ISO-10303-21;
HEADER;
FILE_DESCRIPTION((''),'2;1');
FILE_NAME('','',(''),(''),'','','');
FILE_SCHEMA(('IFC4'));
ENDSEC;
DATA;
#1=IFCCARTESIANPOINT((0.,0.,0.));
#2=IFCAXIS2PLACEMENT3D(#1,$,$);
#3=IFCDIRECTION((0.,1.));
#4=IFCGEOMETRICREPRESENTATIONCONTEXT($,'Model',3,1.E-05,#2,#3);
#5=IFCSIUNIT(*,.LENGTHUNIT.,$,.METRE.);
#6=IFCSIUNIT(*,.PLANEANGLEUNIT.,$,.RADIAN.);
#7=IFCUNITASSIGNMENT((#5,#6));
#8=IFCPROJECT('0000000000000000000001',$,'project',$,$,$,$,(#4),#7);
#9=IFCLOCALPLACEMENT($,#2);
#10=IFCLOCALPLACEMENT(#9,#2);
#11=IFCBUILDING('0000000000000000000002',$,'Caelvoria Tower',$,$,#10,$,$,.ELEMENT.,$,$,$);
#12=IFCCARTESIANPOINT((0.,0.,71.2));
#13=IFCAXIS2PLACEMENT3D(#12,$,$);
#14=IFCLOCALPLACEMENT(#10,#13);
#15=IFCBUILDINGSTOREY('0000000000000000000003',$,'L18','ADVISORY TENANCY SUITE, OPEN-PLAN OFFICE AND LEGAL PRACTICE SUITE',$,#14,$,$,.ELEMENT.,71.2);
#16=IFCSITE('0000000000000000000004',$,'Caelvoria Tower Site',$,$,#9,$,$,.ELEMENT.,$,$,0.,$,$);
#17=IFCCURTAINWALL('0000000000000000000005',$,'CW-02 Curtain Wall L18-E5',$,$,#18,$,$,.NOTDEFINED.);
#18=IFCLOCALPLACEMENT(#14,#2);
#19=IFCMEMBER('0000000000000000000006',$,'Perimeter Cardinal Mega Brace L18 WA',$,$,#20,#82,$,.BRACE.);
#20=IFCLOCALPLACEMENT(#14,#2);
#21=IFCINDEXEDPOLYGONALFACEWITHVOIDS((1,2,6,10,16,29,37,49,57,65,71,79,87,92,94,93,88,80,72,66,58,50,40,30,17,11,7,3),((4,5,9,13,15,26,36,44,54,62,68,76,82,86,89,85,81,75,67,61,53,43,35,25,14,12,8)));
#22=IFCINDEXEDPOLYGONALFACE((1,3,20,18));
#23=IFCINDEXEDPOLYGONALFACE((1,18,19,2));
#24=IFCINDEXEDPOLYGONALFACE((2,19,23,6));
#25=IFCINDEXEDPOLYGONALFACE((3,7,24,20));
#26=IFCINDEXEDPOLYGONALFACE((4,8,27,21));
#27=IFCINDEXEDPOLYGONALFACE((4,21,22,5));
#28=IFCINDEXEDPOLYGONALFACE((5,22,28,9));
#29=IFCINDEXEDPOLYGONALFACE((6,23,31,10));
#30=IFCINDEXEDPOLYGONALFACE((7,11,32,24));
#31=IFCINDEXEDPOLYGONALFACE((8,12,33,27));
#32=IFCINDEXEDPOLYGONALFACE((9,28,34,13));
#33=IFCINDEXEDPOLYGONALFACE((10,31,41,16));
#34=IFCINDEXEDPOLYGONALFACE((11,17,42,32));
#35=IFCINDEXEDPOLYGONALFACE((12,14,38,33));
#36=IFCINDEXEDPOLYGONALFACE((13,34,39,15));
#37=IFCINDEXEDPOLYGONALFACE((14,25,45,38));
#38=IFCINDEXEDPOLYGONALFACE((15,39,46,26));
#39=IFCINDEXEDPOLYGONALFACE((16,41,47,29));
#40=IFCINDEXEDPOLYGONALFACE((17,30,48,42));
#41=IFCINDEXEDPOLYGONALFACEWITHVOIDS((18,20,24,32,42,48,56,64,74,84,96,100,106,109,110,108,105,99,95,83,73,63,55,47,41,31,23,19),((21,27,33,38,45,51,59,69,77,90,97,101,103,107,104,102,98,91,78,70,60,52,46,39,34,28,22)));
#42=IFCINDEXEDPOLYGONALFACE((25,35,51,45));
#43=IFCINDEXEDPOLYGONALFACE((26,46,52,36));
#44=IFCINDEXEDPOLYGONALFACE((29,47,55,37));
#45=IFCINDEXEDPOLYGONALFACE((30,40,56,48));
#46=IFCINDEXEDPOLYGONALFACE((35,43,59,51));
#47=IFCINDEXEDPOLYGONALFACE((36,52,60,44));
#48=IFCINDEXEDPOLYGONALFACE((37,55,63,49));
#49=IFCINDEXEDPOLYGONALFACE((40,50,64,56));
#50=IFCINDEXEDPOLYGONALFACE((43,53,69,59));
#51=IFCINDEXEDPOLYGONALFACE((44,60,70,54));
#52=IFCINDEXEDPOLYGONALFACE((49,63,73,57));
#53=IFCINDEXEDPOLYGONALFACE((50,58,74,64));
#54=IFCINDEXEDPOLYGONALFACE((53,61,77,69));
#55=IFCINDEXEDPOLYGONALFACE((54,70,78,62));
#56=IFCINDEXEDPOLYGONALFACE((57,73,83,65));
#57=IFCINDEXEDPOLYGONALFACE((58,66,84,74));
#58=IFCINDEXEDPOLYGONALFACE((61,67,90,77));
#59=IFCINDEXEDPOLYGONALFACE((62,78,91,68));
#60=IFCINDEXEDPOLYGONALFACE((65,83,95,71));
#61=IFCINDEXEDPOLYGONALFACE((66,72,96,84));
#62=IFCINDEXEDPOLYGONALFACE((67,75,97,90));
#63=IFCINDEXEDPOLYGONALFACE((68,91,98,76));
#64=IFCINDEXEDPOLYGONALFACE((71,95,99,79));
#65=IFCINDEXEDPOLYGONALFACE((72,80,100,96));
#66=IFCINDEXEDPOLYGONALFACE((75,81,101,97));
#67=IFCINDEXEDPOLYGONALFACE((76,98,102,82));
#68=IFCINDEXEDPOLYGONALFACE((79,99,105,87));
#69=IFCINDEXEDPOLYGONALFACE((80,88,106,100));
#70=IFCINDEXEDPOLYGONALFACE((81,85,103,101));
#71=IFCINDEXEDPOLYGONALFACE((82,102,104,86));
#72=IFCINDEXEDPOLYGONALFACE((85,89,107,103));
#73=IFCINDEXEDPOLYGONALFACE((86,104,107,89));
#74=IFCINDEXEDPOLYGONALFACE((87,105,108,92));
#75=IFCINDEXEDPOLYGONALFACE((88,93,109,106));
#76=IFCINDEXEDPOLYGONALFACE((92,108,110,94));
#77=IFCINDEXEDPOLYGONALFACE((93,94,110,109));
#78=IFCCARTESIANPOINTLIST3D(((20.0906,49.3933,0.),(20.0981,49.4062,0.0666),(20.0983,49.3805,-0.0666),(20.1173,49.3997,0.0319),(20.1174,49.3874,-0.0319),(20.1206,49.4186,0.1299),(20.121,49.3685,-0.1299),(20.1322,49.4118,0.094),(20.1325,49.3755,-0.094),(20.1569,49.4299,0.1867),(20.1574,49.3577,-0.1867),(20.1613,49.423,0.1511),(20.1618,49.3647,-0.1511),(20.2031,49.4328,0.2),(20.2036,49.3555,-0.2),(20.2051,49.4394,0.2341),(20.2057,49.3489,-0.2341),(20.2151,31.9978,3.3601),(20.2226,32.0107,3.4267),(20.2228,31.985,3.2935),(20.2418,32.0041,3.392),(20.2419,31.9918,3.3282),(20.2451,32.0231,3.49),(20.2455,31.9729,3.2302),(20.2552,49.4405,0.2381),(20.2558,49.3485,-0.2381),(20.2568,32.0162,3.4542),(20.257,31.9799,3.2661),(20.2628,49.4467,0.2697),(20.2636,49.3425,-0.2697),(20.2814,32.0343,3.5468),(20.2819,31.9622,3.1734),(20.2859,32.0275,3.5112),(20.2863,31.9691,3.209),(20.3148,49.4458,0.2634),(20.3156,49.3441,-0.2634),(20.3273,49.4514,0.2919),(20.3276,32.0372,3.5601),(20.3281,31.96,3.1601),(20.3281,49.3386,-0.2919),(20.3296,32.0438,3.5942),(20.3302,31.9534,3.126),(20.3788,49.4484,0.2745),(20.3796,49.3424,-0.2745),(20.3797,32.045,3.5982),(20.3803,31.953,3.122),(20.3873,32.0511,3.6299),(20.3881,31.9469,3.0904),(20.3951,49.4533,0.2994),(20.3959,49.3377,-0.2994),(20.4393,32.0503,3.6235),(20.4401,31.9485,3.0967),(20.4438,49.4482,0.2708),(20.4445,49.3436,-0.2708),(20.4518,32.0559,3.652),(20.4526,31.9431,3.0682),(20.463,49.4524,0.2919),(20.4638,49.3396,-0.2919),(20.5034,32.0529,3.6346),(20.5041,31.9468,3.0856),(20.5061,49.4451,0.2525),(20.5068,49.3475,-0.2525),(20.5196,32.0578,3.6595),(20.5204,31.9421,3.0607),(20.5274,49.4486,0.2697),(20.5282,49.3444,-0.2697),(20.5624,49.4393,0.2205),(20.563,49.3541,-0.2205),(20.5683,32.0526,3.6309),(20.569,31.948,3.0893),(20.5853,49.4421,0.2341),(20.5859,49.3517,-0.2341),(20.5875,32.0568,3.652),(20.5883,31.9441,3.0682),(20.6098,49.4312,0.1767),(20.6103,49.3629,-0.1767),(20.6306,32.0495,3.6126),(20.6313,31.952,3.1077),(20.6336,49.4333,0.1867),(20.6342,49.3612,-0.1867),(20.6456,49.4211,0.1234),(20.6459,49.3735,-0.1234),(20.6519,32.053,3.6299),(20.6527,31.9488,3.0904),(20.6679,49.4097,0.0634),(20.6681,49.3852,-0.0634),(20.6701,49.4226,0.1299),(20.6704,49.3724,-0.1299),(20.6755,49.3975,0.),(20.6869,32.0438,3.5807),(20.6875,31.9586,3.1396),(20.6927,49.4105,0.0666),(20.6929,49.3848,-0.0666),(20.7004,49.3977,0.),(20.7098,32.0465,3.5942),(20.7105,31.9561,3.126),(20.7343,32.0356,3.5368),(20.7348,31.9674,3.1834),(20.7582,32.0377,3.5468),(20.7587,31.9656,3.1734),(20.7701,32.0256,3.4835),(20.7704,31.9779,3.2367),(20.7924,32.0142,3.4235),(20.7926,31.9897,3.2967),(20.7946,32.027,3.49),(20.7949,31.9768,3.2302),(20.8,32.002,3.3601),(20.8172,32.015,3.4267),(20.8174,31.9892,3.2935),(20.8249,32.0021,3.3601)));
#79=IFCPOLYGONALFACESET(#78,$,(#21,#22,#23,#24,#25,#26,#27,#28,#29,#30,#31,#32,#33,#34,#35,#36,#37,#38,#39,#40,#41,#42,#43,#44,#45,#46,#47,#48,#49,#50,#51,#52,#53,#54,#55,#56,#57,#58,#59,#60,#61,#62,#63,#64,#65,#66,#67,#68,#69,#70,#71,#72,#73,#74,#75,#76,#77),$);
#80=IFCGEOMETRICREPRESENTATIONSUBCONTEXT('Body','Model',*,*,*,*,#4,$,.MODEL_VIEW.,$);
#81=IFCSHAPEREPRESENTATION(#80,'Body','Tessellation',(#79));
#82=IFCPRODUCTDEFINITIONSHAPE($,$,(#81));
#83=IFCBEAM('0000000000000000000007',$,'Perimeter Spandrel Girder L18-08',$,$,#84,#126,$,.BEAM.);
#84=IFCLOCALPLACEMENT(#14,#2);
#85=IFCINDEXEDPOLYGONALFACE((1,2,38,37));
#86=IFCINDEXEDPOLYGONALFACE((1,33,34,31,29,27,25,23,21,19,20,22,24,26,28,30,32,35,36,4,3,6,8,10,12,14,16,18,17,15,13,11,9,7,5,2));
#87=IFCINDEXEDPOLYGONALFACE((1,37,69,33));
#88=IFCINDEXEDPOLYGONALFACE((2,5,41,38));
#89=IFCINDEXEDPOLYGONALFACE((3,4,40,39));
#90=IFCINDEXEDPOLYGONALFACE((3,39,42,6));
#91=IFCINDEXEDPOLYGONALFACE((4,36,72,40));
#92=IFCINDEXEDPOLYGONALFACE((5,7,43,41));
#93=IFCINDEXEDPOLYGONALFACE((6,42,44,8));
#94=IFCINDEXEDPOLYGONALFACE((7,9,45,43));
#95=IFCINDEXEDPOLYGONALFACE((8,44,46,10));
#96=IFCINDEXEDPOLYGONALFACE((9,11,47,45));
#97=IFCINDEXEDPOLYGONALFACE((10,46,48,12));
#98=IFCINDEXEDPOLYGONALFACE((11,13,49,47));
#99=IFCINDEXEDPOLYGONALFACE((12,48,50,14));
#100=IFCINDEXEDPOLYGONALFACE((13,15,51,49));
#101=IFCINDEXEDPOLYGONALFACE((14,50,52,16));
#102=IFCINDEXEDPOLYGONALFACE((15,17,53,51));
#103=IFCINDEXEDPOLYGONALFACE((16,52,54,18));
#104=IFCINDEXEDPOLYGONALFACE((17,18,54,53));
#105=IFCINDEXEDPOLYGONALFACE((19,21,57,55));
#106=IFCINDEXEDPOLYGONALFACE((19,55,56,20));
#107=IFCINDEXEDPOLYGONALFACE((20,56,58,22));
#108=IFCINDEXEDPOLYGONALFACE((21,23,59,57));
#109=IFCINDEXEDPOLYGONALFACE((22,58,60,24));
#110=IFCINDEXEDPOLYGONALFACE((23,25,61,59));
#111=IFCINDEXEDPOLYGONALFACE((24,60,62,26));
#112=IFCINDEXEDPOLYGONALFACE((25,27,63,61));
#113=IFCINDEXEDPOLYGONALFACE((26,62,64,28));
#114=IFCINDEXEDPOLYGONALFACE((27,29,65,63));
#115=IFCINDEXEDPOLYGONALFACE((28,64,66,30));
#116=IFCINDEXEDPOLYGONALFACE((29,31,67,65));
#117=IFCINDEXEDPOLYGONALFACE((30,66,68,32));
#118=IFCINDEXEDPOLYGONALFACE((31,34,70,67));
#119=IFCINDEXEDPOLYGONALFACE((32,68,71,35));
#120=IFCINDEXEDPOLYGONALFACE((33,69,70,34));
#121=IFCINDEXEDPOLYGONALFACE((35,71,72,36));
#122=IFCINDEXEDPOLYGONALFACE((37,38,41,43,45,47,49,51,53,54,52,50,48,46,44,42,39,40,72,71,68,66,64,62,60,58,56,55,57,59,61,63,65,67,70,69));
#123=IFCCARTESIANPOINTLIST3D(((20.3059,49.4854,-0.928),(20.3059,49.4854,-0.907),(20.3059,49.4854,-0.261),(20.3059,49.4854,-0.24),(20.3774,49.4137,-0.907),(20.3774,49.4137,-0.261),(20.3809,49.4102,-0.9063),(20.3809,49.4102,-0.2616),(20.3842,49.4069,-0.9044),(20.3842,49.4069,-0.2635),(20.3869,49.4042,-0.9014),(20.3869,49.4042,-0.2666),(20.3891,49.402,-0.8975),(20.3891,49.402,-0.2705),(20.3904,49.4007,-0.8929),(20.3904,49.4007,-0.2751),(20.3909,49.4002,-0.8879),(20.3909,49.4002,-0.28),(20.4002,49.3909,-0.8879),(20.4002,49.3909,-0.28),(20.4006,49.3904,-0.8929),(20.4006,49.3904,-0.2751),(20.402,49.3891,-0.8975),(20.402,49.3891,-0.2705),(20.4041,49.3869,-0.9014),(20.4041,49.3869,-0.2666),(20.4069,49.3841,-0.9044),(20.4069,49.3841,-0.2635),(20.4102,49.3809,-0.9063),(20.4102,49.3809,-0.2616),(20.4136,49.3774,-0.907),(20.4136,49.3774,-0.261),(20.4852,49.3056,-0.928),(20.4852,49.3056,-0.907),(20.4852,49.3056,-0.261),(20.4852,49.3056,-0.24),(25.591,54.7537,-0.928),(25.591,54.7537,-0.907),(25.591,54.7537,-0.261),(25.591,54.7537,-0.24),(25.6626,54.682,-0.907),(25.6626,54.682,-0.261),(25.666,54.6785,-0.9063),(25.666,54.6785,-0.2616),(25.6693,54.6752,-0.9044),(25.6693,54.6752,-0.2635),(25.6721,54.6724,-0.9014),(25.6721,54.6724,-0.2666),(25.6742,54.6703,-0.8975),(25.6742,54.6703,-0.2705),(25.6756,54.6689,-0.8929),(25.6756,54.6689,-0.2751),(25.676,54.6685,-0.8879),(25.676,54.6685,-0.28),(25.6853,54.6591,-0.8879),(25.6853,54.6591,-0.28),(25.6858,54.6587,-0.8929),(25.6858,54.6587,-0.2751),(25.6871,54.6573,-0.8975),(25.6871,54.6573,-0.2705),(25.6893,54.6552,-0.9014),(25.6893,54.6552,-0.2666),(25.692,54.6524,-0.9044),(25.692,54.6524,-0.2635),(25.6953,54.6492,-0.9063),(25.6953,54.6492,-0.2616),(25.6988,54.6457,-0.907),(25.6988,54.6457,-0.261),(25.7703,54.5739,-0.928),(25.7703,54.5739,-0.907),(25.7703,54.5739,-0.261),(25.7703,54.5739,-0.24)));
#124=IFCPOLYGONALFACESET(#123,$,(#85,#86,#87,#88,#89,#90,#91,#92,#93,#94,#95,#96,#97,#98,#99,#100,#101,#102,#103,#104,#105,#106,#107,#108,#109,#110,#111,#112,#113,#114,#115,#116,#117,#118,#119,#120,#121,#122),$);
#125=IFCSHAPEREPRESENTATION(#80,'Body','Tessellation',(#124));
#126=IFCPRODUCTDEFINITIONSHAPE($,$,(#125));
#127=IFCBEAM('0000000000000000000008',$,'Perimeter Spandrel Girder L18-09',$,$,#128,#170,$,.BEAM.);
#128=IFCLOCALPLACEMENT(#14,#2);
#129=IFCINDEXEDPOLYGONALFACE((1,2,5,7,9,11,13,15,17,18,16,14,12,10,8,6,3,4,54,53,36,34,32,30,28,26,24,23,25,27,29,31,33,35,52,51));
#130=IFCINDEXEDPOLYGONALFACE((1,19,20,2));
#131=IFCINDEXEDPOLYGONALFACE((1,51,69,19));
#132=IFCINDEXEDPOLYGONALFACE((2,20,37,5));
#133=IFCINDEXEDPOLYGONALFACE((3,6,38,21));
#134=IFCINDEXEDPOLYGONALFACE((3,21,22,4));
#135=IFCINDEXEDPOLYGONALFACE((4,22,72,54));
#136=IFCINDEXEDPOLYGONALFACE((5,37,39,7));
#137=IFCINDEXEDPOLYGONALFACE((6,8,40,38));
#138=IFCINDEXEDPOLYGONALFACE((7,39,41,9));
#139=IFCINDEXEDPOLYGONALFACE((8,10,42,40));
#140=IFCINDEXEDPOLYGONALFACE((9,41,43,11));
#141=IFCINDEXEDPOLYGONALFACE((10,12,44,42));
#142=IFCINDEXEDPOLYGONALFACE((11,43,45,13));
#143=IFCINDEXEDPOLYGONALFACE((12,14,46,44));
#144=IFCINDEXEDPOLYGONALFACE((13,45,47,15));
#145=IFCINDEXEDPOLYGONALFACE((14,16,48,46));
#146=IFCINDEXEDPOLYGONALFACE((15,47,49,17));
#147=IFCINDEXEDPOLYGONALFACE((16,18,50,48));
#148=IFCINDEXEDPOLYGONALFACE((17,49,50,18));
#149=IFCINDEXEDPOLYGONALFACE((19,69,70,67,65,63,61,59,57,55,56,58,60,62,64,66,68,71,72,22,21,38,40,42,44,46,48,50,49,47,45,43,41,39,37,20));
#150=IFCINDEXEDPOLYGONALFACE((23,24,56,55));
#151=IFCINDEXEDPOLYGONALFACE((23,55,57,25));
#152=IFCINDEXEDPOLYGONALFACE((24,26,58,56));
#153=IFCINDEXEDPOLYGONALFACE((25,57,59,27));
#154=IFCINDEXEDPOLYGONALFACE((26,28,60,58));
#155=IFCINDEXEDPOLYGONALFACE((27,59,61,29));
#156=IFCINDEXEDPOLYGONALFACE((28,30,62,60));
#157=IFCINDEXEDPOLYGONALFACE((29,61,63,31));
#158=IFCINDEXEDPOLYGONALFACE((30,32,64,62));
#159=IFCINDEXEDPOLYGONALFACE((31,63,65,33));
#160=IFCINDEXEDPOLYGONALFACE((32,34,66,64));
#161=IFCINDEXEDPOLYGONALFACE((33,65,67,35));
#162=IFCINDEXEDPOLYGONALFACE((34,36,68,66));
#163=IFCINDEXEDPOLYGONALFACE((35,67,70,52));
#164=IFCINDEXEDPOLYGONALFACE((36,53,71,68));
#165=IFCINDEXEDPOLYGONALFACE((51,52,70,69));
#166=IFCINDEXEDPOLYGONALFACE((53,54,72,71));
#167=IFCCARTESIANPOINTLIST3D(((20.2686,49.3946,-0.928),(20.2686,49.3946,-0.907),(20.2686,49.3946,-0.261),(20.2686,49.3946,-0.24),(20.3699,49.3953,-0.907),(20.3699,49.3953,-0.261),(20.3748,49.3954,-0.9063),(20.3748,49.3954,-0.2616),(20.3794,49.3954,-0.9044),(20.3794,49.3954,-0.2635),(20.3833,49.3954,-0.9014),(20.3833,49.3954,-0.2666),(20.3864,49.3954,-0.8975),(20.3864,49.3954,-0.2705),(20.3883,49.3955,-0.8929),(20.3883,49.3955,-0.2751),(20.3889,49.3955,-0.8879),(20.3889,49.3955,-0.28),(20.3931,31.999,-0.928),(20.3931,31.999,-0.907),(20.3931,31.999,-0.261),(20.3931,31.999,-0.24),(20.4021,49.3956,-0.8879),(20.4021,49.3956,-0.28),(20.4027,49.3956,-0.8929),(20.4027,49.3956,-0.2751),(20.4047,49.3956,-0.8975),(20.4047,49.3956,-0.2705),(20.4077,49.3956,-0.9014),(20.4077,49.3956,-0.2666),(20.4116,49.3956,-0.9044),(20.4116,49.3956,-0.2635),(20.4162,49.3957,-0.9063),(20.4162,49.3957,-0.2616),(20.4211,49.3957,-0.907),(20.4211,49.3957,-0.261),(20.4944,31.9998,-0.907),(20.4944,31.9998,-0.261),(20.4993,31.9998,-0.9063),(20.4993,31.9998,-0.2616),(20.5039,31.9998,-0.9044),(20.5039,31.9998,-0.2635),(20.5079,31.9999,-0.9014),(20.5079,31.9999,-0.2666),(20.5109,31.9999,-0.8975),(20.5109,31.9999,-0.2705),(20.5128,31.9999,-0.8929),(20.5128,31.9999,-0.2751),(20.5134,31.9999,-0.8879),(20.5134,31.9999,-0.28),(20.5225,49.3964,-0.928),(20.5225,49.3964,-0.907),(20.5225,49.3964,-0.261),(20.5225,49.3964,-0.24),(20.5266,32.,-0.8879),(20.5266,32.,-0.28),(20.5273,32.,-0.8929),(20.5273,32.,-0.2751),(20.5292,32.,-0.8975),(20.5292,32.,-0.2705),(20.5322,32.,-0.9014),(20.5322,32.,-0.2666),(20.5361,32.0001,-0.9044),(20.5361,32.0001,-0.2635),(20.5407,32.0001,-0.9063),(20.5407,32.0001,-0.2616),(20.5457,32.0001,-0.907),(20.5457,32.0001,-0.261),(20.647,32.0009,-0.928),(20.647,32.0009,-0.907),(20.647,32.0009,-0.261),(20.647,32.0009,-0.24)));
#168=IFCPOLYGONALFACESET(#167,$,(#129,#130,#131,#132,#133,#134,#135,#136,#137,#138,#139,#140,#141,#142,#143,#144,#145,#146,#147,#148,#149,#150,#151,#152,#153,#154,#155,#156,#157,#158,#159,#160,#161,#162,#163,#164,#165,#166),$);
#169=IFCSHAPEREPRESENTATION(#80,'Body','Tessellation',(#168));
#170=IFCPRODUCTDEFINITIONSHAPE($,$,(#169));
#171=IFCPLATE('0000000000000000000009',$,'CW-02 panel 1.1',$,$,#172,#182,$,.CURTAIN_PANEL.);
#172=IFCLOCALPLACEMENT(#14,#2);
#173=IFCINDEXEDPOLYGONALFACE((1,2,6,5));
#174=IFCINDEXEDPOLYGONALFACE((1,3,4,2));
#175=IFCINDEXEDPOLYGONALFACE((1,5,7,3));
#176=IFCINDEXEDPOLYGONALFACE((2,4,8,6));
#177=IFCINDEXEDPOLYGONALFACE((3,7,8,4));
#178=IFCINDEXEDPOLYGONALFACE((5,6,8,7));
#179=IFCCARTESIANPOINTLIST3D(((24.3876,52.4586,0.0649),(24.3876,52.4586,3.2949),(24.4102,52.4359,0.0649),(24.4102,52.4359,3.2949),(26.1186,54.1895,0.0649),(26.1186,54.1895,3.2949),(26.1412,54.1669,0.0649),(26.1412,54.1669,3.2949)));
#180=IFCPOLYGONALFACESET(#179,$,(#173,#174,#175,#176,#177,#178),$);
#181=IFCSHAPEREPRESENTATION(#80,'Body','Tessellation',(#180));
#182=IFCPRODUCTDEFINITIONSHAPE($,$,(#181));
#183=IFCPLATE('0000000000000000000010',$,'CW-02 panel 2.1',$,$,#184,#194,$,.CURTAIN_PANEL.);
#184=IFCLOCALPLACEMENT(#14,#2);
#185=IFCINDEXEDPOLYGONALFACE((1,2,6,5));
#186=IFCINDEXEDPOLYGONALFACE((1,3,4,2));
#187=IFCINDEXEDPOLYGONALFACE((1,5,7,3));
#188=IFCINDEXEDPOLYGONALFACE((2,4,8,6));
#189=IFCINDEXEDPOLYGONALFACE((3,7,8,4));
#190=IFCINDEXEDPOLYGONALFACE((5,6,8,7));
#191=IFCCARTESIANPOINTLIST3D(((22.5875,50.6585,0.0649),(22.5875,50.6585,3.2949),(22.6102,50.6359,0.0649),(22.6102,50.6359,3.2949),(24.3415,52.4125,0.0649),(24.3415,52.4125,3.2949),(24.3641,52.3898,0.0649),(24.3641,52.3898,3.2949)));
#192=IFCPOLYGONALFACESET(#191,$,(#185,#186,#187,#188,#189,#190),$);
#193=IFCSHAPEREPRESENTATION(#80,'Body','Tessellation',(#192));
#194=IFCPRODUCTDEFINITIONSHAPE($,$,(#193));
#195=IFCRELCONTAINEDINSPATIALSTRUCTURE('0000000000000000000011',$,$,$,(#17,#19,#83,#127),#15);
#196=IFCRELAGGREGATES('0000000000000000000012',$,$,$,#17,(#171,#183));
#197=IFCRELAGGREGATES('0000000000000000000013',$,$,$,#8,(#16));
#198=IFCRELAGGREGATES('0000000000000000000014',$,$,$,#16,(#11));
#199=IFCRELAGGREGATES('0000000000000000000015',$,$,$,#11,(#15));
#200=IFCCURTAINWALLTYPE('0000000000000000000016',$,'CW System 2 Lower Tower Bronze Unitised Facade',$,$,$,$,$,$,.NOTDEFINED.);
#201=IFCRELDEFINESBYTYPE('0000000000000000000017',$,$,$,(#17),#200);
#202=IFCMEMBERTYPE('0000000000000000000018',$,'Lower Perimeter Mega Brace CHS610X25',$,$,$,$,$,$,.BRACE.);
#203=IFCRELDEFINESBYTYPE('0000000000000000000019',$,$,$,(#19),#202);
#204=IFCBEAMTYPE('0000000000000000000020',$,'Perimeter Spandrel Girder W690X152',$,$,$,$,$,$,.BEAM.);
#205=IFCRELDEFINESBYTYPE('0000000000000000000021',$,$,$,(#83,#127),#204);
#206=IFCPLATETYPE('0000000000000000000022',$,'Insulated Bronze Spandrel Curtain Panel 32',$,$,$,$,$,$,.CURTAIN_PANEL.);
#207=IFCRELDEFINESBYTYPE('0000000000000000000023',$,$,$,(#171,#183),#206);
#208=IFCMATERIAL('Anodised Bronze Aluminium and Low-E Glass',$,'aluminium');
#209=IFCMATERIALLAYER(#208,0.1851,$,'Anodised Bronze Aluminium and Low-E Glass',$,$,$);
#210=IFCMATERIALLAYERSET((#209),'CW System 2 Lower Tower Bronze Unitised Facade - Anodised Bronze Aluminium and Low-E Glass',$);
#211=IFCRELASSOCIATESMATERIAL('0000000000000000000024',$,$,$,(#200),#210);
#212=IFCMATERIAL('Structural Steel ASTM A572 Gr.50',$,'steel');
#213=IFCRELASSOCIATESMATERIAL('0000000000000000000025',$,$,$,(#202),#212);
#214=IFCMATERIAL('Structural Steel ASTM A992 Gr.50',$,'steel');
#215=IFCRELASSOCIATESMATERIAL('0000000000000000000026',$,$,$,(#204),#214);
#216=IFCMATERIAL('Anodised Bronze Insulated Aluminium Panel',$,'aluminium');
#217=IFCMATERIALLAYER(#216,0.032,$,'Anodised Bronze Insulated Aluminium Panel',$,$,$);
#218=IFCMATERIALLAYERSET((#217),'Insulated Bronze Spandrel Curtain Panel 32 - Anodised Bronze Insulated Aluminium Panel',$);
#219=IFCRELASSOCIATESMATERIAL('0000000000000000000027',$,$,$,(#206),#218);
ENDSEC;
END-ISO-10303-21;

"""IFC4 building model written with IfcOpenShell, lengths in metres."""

from ifc_helpers import new_model, si_unit, direction, frame, origin, origin_2d, place, context, subcontext, project, spatial, rectangle, hollow_circle, i_section, extrude, material, layer, layer_set, material_profile, profile_set, type_object, element, aggregate, save


model = new_model("IFC4")

# Units and contexts
model_context = context("Model", 3, precision=1e-05, world=origin(), true_north=direction((0.0, 1.0)))
body_context = subcontext(model_context, "Body", "Model", "MODEL_VIEW")
ifc_project = project(units=[si_unit("LENGTHUNIT", "METRE"), si_unit("PLANEANGLEUNIT", "RADIAN")], contexts=[model_context])

# Site, building, storey
site_placement = place(None, origin())
site = spatial("IfcSite", under=ifc_project, at=site_placement, Name="Caelvoria Tower Site", CompositionType="ELEMENT", RefElevation=0.0)
building_placement = place(site_placement, origin())
building = spatial("IfcBuilding", under=site, at=building_placement, Name="Caelvoria Tower", CompositionType="ELEMENT")
storey_placement = place(building_placement, frame((0.0, 0.0, 71.2)))
storey = spatial("IfcBuildingStorey", under=building, at=storey_placement, Name="L18", Description="ADVISORY TENANCY SUITE, OPEN-PLAN OFFICE AND LEGAL PRACTICE SUITE", CompositionType="ELEMENT", Elevation=71.2)

# Shared definitions
ifc_material_1 = material(Name="Structural Steel ASTM A572 Gr.50", Category="steel")

# Shared definitions
ifc_material_2 = material(Name="Anodised Bronze Aluminium and Low-E Glass", Category="aluminium")
ifc_layer_1 = layer(ifc_material_2, 0.1851, Name="Anodised Bronze Aluminium and Low-E Glass")
ifc_layer_set_1 = layer_set([ifc_layer_1], Name="CW System 2 Lower Tower Bronze Unitised Facade - Anodised Bronze Aluminium and Low-E Glass")
curtain_wall_type = type_object("IfcCurtainWallType", Name="CW System 2 Lower Tower Bronze Unitised Facade", PredefinedType="NOTDEFINED", material=ifc_layer_set_1)

# Curtain wall
curtain_wall_1_placement = place(storey_placement, origin())
curtain_wall_1 = element("IfcCurtainWall", 1, at=curtain_wall_1_placement, inside=storey, type_object=curtain_wall_type, Name="CW-02 Curtain Wall L18-E5", PredefinedType="NOTDEFINED")

# Member
ifc_material_profile_1 = material_profile(ifc_material_1, hollow_circle(Radius=0.3049, WallThickness=0.0249, at=origin_2d()), Name="Structural Steel ASTM A572 Gr.50")
ifc_profile_set_1 = profile_set([ifc_material_profile_1], Name="CHS610X25 - Structural Steel ASTM A572 Gr.50")
member_type_1 = type_object("IfcMemberType", Name="Lower Perimeter Mega Brace CHS610X25", PredefinedType="BRACE", material=ifc_profile_set_1)
member_1_placement = place(storey_placement, frame((20.3955, 49.3955, 0.0), z_axis=(0.007028, -0.981827, 0.189649), x_axis=(0.999974, 0.007158, 0.0)))
element("IfcMember", 2, at=member_1_placement, inside=storey, type_object=member_type_1, Name="Perimeter Cardinal Mega Brace L18 WA", PredefinedType="BRACE", context=body_context, shape_type="SweptSolid", body=[
    extrude(hollow_circle(Radius=0.3049, WallThickness=0.0249, at=origin_2d()), origin(), (0.0, 0.0, 1.0), 17.7175),
])

# Beams
ifc_material_3 = material(Name="Structural Steel ASTM A992 Gr.50", Category="steel")
ifc_material_profile_2 = material_profile(ifc_material_3, i_section(OverallWidth=0.2539, OverallDepth=0.688, WebThickness=0.0132, FlangeThickness=0.021, FilletRadius=0.019, at=origin_2d()), Name="Structural Steel ASTM A992 Gr.50")
ifc_profile_set_2 = profile_set([ifc_material_profile_2], Name="W690X152 - Structural Steel ASTM A992 Gr.50")
beam_type = type_object("IfcBeamType", Name="Perimeter Spandrel Girder W690X152", PredefinedType="BEAM", material=ifc_profile_set_2)
beam_1_placement = place(storey_placement, frame((25.6807, 54.6638, -0.584), z_axis=(-0.708235, -0.705977, 0.0), x_axis=(0.705977, -0.708235, 0.0)))
element("IfcBeam", 3, at=beam_1_placement, inside=storey, type_object=beam_type, Name="Perimeter Spandrel Girder L18-08", PredefinedType="BEAM", context=body_context, shape_type="SweptSolid", body=[
    extrude(i_section(OverallWidth=0.2539, OverallDepth=0.688, WebThickness=0.0132, FlangeThickness=0.021, FilletRadius=0.019, at=origin_2d()), origin(), (0.0, 0.0, 1.0), 7.4624),
])
beam_2_placement = place(storey_placement, frame((20.3955, 49.3955, -0.584), z_axis=(0.007158, -0.999974, 0.0), x_axis=(0.999974, 0.007158, 0.0)))
element("IfcBeam", 4, at=beam_2_placement, inside=storey, type_object=beam_type, Name="Perimeter Spandrel Girder L18-09", PredefinedType="BEAM", context=body_context, shape_type="SweptSolid", body=[
    extrude(i_section(OverallWidth=0.2539, OverallDepth=0.688, WebThickness=0.0132, FlangeThickness=0.021, FilletRadius=0.019, at=origin_2d()), origin(), (0.0, 0.0, 1.0), 17.396),
])

# Plates
ifc_material_4 = material(Name="Anodised Bronze Insulated Aluminium Panel", Category="aluminium")
ifc_layer_2 = layer(ifc_material_4, 0.032, Name="Anodised Bronze Insulated Aluminium Panel")
ifc_layer_set_2 = layer_set([ifc_layer_2], Name="Insulated Bronze Spandrel Curtain Panel 32 - Anodised Bronze Insulated Aluminium Panel")
plate_type_1 = type_object("IfcPlateType", Name="Insulated Bronze Spandrel Curtain Panel 32", PredefinedType="CURTAIN_PANEL", material=ifc_layer_set_2)
plate_1_placement = place(storey_placement, frame((25.2644, 53.3127, 0.0649), z_axis=(0.0, 0.0, 1.0), x_axis=(-0.707107, -0.707107, 0.0)))
plate_1 = element("IfcPlate", 5, at=plate_1_placement, type_object=plate_type_1, Name="CW-02 panel 1.1", PredefinedType="CURTAIN_PANEL", context=body_context, shape_type="SweptSolid", body=[
    extrude(rectangle(XDim=2.448, YDim=0.032, at=origin_2d()), origin(), (0.0, 0.0, 1.0), 3.23),
])
plate_2_placement = place(storey_placement, frame((23.4758, 51.5242, 0.0649), z_axis=(0.0, 0.0, 1.0), x_axis=(-0.707107, -0.707107, 0.0)))
plate_2 = element("IfcPlate", 6, at=plate_2_placement, type_object=plate_type_1, Name="CW-02 panel 2.1", PredefinedType="CURTAIN_PANEL", context=body_context, shape_type="SweptSolid", body=[
    extrude(rectangle(XDim=2.4805, YDim=0.032, at=origin_2d()), origin(), (0.0, 0.0, 1.0), 3.23),
])
aggregate(curtain_wall_1, [plate_1, plate_2])

save(model, "model.ifc")
